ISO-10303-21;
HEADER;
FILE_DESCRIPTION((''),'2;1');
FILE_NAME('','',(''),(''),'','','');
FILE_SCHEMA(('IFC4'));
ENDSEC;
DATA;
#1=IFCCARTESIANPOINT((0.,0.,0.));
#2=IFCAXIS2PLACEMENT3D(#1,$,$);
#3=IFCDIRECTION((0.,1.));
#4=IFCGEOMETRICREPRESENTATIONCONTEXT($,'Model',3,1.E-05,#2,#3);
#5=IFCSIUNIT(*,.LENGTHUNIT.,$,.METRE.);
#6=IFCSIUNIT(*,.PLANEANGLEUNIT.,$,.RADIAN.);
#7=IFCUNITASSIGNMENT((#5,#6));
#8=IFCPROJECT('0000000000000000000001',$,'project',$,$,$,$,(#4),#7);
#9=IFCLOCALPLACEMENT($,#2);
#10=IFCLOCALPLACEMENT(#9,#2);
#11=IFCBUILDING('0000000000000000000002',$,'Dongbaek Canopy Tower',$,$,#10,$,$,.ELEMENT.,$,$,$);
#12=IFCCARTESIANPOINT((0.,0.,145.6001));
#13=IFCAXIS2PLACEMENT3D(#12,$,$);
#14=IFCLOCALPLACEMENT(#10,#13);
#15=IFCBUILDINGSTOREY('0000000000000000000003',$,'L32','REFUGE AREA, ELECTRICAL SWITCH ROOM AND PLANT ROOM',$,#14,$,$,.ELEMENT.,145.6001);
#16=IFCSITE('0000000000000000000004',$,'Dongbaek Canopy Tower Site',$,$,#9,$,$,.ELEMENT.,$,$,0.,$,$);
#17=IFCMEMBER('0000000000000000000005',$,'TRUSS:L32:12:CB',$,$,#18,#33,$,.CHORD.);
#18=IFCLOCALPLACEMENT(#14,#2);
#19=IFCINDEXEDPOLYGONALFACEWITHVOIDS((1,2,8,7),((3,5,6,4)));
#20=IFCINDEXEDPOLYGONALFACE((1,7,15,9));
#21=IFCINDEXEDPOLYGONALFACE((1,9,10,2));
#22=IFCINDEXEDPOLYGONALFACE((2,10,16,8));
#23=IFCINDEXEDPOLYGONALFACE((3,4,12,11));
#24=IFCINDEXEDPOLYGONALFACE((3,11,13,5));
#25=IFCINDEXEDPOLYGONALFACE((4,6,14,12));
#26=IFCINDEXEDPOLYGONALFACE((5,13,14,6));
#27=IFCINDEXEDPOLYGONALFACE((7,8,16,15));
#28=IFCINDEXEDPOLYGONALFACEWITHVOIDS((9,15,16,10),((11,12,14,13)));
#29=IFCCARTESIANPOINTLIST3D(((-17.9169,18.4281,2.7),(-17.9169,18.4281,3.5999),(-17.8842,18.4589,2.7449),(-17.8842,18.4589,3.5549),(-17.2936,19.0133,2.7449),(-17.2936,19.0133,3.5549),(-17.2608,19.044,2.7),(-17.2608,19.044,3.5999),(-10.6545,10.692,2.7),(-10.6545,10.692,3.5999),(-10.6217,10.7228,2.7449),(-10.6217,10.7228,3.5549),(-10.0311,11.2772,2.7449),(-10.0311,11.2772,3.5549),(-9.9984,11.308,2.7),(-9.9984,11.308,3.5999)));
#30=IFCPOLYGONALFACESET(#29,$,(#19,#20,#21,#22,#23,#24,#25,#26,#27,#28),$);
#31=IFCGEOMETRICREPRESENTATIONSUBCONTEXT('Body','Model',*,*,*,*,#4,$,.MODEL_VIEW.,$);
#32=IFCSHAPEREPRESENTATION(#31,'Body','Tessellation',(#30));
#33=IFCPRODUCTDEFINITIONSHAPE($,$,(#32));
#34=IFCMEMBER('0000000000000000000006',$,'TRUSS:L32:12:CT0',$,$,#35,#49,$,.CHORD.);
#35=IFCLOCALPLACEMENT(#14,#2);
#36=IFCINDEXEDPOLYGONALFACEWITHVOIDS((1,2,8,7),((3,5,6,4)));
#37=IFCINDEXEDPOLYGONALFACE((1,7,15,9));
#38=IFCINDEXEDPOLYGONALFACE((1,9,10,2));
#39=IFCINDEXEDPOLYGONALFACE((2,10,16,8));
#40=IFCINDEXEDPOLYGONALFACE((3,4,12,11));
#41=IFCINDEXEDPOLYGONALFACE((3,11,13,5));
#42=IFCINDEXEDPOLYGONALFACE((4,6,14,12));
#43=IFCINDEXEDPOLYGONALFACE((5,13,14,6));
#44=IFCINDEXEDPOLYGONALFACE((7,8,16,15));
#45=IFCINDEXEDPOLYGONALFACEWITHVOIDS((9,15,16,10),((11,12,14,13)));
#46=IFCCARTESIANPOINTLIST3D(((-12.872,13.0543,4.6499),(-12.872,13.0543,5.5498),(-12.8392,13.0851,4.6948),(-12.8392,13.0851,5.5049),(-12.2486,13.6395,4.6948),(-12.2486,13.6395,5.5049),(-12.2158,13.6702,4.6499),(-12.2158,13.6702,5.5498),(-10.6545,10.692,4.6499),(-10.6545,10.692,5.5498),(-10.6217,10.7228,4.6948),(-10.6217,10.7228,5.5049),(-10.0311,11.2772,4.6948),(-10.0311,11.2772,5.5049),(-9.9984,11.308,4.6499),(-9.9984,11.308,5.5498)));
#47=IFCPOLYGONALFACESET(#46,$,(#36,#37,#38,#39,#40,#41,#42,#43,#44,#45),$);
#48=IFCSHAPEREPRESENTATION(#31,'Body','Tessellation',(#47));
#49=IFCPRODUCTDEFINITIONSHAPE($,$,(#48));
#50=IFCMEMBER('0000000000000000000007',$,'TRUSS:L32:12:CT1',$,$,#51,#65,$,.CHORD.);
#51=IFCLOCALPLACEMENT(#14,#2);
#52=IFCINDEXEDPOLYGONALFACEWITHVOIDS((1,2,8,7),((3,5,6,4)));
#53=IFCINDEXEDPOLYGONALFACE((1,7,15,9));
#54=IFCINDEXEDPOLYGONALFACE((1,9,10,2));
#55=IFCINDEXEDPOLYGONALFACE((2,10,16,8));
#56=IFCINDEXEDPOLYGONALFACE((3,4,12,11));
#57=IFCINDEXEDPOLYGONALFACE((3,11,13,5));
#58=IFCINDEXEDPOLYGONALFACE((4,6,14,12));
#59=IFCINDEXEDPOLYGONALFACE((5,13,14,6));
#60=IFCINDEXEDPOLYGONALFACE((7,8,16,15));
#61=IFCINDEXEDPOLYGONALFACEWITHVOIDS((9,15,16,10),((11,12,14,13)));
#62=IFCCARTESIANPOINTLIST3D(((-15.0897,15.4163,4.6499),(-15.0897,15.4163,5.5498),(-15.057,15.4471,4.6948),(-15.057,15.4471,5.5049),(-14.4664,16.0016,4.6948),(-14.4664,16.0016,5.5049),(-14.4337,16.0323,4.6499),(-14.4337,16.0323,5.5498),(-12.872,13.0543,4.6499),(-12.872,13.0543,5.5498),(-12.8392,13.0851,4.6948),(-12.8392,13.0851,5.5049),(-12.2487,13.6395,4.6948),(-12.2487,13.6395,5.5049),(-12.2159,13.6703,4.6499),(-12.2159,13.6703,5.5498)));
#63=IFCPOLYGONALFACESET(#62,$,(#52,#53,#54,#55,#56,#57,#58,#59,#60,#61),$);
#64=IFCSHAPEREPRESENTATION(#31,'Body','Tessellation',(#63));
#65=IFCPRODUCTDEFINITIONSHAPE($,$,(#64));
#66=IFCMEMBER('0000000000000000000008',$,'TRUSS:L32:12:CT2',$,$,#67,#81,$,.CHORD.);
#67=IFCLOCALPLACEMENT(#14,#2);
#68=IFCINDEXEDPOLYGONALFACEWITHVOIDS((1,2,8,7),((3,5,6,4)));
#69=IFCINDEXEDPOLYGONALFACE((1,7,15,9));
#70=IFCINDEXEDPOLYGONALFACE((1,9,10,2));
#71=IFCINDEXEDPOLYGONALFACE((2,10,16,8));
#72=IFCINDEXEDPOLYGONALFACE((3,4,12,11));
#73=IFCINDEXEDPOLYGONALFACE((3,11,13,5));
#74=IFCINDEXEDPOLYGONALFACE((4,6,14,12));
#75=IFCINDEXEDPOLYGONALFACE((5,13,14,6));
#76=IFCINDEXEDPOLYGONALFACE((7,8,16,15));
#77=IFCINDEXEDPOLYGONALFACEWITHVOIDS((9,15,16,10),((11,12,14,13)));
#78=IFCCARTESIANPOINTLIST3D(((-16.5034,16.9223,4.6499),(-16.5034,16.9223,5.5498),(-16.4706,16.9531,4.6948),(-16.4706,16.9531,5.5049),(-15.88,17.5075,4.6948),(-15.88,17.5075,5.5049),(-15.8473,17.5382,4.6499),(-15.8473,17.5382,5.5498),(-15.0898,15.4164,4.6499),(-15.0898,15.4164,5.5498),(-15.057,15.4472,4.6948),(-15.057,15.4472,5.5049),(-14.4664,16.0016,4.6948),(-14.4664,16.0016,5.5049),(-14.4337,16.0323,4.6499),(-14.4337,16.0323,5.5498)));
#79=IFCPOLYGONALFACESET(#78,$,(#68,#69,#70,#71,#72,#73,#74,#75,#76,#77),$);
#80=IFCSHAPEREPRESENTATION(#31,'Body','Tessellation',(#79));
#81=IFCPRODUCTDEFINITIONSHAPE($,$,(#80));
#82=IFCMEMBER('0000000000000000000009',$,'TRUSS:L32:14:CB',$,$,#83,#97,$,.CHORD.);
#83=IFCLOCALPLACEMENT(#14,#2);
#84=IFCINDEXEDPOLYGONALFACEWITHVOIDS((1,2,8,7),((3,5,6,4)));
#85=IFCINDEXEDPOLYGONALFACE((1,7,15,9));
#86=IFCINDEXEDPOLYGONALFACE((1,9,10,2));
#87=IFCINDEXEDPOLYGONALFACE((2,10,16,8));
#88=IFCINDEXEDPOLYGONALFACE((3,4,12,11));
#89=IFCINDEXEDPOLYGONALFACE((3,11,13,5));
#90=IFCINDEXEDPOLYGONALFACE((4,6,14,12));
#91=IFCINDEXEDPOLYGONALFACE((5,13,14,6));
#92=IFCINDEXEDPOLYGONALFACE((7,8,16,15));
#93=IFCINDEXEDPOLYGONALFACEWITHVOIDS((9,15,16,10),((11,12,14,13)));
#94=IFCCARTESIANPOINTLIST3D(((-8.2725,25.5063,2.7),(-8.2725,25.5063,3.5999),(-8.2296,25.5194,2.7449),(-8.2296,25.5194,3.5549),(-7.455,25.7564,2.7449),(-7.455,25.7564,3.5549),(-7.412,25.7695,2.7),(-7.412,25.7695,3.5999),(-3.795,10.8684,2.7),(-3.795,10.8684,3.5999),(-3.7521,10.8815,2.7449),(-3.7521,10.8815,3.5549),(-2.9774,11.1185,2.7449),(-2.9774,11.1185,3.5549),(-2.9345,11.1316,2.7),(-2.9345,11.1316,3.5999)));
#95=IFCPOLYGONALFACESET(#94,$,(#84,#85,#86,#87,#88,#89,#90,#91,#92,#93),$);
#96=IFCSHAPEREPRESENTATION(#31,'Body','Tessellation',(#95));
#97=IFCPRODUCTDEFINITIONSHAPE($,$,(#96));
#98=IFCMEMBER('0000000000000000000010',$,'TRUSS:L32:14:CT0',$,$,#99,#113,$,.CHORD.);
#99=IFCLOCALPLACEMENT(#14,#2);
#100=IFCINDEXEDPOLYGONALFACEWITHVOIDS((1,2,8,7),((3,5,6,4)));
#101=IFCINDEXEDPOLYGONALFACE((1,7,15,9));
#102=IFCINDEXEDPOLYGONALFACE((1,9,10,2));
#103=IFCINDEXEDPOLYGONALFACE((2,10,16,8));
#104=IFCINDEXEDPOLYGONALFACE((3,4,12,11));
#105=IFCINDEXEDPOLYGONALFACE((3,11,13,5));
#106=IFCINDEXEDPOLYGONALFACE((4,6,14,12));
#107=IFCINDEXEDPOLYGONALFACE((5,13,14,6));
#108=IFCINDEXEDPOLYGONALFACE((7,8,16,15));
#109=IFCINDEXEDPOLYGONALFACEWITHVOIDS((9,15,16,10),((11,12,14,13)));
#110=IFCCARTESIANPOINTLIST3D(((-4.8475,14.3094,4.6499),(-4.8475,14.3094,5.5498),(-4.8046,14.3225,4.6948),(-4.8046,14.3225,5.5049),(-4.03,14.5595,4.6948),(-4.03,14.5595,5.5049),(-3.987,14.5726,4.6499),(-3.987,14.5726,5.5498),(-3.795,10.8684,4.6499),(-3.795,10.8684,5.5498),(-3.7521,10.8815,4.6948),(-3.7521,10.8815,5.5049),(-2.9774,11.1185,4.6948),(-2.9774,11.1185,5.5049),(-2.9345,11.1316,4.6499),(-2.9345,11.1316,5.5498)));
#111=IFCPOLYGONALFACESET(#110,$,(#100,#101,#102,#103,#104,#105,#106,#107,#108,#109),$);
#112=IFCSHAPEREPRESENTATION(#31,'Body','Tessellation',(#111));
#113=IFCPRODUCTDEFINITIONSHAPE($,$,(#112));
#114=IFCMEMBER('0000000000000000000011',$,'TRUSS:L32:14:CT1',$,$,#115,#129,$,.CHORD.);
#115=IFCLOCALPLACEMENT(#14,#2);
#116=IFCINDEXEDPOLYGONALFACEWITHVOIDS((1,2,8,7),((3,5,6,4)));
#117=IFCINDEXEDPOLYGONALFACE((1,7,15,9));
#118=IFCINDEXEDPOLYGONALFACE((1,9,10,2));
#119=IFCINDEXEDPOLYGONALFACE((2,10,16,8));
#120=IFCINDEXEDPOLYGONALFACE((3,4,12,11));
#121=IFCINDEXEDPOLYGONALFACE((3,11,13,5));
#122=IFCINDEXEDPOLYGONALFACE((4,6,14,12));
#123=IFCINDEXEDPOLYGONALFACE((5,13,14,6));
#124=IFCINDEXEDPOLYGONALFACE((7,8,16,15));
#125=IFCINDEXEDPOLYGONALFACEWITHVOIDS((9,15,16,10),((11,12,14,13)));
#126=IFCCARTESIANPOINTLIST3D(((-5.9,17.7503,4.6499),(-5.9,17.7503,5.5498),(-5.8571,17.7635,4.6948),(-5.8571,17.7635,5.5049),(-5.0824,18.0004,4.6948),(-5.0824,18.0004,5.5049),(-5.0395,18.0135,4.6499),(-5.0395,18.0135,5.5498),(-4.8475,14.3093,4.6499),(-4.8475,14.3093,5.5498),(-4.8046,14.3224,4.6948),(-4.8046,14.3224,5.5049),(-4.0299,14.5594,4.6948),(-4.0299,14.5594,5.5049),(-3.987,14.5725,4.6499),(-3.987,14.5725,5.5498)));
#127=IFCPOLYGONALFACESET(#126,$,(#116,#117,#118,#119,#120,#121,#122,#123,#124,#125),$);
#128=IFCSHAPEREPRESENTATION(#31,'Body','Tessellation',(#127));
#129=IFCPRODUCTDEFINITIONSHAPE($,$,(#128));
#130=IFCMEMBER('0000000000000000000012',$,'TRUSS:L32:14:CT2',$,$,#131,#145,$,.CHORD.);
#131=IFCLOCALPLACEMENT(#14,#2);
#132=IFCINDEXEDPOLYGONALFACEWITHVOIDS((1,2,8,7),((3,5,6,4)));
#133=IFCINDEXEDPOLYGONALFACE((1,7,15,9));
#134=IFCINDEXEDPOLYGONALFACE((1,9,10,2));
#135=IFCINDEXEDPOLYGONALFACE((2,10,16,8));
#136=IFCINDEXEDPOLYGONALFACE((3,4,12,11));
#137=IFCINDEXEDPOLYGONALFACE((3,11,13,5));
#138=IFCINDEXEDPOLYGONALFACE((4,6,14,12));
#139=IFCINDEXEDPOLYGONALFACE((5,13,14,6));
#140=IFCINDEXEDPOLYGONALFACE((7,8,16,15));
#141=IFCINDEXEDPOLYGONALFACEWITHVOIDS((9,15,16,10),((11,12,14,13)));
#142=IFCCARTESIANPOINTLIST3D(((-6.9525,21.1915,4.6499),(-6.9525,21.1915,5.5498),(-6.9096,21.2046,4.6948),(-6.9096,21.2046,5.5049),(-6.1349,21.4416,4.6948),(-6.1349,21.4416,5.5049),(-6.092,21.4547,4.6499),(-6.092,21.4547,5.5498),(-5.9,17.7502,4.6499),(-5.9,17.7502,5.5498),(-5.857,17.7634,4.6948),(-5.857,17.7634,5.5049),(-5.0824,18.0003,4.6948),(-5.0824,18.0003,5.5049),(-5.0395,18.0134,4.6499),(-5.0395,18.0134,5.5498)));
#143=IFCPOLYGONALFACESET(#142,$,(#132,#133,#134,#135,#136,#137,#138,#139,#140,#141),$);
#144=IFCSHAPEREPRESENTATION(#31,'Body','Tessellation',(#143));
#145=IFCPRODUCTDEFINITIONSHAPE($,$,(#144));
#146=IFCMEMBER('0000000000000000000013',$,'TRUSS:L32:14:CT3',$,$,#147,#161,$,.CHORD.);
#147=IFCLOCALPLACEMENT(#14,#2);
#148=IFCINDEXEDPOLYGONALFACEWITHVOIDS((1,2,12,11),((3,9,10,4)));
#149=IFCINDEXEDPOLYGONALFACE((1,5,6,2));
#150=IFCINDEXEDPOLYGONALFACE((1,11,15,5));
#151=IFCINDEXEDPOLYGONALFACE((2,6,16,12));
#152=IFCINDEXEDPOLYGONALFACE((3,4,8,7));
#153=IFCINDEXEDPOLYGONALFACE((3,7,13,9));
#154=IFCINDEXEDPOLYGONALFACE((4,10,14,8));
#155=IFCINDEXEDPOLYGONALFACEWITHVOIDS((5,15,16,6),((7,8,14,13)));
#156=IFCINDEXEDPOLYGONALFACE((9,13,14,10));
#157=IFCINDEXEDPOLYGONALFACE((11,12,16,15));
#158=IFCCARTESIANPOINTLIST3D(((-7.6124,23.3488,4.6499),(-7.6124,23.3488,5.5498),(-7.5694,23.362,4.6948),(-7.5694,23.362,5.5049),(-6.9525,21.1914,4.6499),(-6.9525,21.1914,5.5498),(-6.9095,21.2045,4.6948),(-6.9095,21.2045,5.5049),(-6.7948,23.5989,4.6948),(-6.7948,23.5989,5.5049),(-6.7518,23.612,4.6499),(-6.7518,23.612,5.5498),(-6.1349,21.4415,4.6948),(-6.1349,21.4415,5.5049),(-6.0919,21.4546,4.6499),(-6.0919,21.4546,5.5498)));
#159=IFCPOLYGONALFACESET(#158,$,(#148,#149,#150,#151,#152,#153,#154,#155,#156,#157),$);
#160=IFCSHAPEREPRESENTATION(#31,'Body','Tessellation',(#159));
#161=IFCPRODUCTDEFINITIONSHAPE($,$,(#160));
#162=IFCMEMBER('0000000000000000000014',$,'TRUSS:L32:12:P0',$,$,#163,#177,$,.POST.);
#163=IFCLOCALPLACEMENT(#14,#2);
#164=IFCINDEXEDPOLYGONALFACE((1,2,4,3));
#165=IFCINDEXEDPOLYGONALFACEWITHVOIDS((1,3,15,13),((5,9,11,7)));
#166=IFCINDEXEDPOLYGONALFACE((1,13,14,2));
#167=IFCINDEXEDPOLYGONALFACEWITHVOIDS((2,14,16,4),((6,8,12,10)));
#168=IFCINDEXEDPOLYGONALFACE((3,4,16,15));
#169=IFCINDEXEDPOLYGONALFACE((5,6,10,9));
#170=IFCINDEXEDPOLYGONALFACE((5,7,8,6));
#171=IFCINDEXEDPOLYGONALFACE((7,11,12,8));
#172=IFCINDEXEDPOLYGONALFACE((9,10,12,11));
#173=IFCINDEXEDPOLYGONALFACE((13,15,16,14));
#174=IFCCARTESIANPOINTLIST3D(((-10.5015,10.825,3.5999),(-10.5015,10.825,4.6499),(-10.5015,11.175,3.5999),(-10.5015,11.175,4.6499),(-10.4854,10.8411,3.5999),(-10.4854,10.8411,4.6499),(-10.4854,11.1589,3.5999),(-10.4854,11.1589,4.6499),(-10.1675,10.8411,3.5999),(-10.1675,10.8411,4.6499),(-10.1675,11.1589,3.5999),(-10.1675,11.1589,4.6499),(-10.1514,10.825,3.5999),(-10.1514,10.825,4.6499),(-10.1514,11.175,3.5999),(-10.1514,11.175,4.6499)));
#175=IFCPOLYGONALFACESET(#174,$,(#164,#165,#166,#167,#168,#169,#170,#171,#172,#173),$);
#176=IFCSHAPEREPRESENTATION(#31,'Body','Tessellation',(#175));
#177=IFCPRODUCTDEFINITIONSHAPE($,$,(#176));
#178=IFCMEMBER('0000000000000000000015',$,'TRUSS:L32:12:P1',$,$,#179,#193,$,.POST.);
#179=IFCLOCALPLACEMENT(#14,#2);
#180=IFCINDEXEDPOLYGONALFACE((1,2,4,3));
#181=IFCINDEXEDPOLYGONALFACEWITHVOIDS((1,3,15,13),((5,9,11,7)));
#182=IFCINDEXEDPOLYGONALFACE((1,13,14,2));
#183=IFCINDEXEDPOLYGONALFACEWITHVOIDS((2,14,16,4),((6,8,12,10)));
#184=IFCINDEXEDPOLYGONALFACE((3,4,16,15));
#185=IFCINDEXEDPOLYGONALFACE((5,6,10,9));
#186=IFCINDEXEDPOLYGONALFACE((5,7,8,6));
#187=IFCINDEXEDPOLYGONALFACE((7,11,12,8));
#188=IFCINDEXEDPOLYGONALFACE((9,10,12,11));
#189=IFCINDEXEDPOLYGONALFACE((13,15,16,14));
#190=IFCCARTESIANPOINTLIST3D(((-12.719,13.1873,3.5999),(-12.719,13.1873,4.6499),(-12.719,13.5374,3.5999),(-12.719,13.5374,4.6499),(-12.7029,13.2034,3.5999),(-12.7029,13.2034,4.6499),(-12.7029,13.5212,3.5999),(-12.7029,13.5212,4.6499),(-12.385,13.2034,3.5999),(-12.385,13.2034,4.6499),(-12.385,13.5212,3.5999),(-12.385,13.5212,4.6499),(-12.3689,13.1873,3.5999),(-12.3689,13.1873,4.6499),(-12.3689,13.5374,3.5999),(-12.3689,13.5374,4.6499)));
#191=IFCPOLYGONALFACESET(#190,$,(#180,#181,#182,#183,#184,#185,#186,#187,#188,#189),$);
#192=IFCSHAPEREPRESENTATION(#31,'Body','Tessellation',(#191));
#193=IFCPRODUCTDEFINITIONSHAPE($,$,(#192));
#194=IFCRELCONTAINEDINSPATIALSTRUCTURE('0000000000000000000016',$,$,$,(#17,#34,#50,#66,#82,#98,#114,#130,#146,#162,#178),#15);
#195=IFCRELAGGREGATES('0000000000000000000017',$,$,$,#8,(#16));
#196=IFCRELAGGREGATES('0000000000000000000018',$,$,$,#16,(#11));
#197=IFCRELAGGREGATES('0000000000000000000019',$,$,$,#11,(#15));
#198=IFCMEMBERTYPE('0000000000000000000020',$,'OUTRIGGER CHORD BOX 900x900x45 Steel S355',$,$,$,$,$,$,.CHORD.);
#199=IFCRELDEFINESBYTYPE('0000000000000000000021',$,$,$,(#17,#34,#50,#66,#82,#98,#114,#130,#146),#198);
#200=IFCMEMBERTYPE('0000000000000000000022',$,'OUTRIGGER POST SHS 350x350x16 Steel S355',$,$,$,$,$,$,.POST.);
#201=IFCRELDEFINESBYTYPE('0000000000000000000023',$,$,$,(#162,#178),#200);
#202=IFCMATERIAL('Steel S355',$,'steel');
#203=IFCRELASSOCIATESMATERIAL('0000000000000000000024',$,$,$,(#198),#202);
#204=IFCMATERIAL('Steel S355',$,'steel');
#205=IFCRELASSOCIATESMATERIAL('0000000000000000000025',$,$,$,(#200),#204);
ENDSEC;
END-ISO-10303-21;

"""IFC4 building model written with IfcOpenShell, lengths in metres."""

from ifc_helpers import new_model, si_unit, direction, frame, origin, origin_2d, place, context, subcontext, project, spatial, hollow_rectangle, extrude, material, material_profile, profile_set, type_object, element, save


model = new_model("IFC4")

# Units and contexts
model_context = context("Model", 3, precision=1e-05, world=origin(), true_north=direction((0.0, 1.0)))
body_context = subcontext(model_context, "Body", "Model", "MODEL_VIEW")
ifc_project = project(units=[si_unit("LENGTHUNIT", "METRE"), si_unit("PLANEANGLEUNIT", "RADIAN")], contexts=[model_context])

# Site, building, storey
site_placement = place(None, origin())
site = spatial("IfcSite", under=ifc_project, at=site_placement, Name="Dongbaek Canopy Tower Site", CompositionType="ELEMENT", RefElevation=0.0)
building_placement = place(site_placement, origin())
building = spatial("IfcBuilding", under=site, at=building_placement, Name="Dongbaek Canopy Tower", CompositionType="ELEMENT")
storey_placement = place(building_placement, frame((0.0, 0.0, 145.6001)))
storey = spatial("IfcBuildingStorey", under=building, at=storey_placement, Name="L32", Description="REFUGE AREA, ELECTRICAL SWITCH ROOM AND PLANT ROOM", CompositionType="ELEMENT", Elevation=145.6001)

# Members
ifc_material_1 = material(Name="Steel S355", Category="steel")
ifc_material_profile_1 = material_profile(ifc_material_1, hollow_rectangle(XDim=0.8999, YDim=0.8999, WallThickness=0.0449, at=origin_2d()), Name="OUTRIGGER CHORD BOX 900x900x45 Steel S355")
ifc_profile_set_1 = profile_set([ifc_material_profile_1], Name="Steel S355")
member_type_1 = type_object("IfcMemberType", Name="OUTRIGGER CHORD BOX 900x900x45 Steel S355", PredefinedType="CHORD", material=ifc_profile_set_1)
member_1_placement = place(storey_placement, frame((-10.3264, 11.0, 3.1499), z_axis=(-0.684436, 0.729073, 0.0), x_axis=(-0.729073, -0.684436, 0.0)))
element("IfcMember", 1, at=member_1_placement, inside=storey, type_object=member_type_1, Name="TRUSS:L32:12:CB", PredefinedType="CHORD", context=body_context, shape_type="SweptSolid", body=[
    extrude(hollow_rectangle(XDim=0.8999, YDim=0.8999, WallThickness=0.0449, at=origin_2d()), origin(), (0.0, 0.0, 1.0), 10.6108),
])
for number, where, z_axis, x_axis, name in (
    (2, (-10.3264, 11.0, 5.0999), (-0.684412, 0.729095, 0.0), (-0.729095, -0.684412, 0.0), "TRUSS:L32:12:CT0"),
    (3, (-12.5439, 13.3623, 5.0999), (-0.68449, 0.729022, 0.0), (-0.729022, -0.68449, 0.0), "TRUSS:L32:12:CT1"),
):
    element("IfcMember", number, at=place(storey_placement, frame(where, z_axis=z_axis, x_axis=x_axis)), inside=storey, type_object=member_type_1, Name=name, PredefinedType="CHORD", context=body_context, shape_type="SweptSolid", body=[
        extrude(hollow_rectangle(XDim=0.8999, YDim=0.8999, WallThickness=0.0449, at=origin_2d()), origin(), (0.0, 0.0, 1.0), 3.24),
    ])
member_2_placement = place(storey_placement, frame((-14.7617, 15.7244, 5.0999), z_axis=(-0.684413, 0.729095, 0.0), x_axis=(-0.729095, -0.684413, 0.0)))
element("IfcMember", 4, at=member_2_placement, inside=storey, type_object=member_type_1, Name="TRUSS:L32:12:CT2", PredefinedType="CHORD", context=body_context, shape_type="SweptSolid", body=[
    extrude(hollow_rectangle(XDim=0.8999, YDim=0.8999, WallThickness=0.0449, at=origin_2d()), origin(), (0.0, 0.0, 1.0), 2.0654),
])
member_3_placement = place(storey_placement, frame((-3.3647, 11.0, 3.1499), z_axis=(-0.292507, 0.956263, 0.0), x_axis=(-0.956263, -0.292507, 0.0)))
element("IfcMember", 5, at=member_3_placement, inside=storey, type_object=member_type_1, Name="TRUSS:L32:14:CB", PredefinedType="CHORD", context=body_context, shape_type="SweptSolid", body=[
    extrude(hollow_rectangle(XDim=0.8999, YDim=0.8999, WallThickness=0.0449, at=origin_2d()), origin(), (0.0, 0.0, 1.0), 15.3074),
])
for number, where, z_axis, x_axis, name in (
    (6, (-3.3647, 11.0, 5.0999), (-0.292498, 0.956266, 0.0), (-0.956266, -0.292498, 0.0), "TRUSS:L32:14:CT0"),
    (7, (-4.4172, 14.4409, 5.0999), (-0.292498, 0.956266, 0.0), (-0.956266, -0.292498, 0.0), "TRUSS:L32:14:CT1"),
):
    element("IfcMember", number, at=place(storey_placement, frame(where, z_axis=z_axis, x_axis=x_axis)), inside=storey, type_object=member_type_1, Name=name, PredefinedType="CHORD", context=body_context, shape_type="SweptSolid", body=[
        extrude(hollow_rectangle(XDim=0.8999, YDim=0.8999, WallThickness=0.0449, at=origin_2d()), origin(), (0.0, 0.0, 1.0), 3.5984),
    ])
member_4_placement = place(storey_placement, frame((-5.4697, 17.8818, 5.0999), z_axis=(-0.292479, 0.956272, 0.0), x_axis=(-0.956272, -0.292479, 0.0)))
element("IfcMember", 8, at=member_4_placement, inside=storey, type_object=member_type_1, Name="TRUSS:L32:14:CT2", PredefinedType="CHORD", context=body_context, shape_type="SweptSolid", body=[
    extrude(hollow_rectangle(XDim=0.8999, YDim=0.8999, WallThickness=0.0449, at=origin_2d()), origin(), (0.0, 0.0, 1.0), 3.5986),
])
member_5_placement = place(storey_placement, frame((-6.5222, 21.323, 5.0999), z_axis=(-0.292496, 0.956267, 0.0), x_axis=(-0.956267, -0.292496, 0.0)))
element("IfcMember", 9, at=member_5_placement, inside=storey, type_object=member_type_1, Name="TRUSS:L32:14:CT3", PredefinedType="CHORD", context=body_context, shape_type="SweptSolid", body=[
    extrude(hollow_rectangle(XDim=0.8999, YDim=0.8999, WallThickness=0.0449, at=origin_2d()), origin(), (0.0, 0.0, 1.0), 2.2561),
])
ifc_material_2 = material(Name="Steel S355", Category="steel")
ifc_material_profile_2 = material_profile(ifc_material_2, hollow_rectangle(XDim=0.3501, YDim=0.3501, WallThickness=0.0161, at=origin_2d()), Name="OUTRIGGER POST SHS 350x350x16 Steel S355")
ifc_profile_set_2 = profile_set([ifc_material_profile_2], Name="Steel S355")
member_type_2 = type_object("IfcMemberType", Name="OUTRIGGER POST SHS 350x350x16 Steel S355", PredefinedType="POST", material=ifc_profile_set_2)
for number, where, z_axis, x_axis, name in (
    (10, (-10.3264, 11.0, 3.5999), (0.0, 0.0, 1.0), (1.0, 0.0, 0.0), "TRUSS:L32:12:P0"),
    (11, (-12.5439, 13.3623, 3.5999), (0.0, 0.0, 1.0), (1.0, 0.0, 0.0), "TRUSS:L32:12:P1"),
):
    element("IfcMember", number, at=place(storey_placement, frame(where, z_axis=z_axis, x_axis=x_axis)), inside=storey, type_object=member_type_2, Name=name, PredefinedType="POST", context=body_context, shape_type="SweptSolid", body=[
        extrude(hollow_rectangle(XDim=0.3501, YDim=0.3501, WallThickness=0.0161, at=origin_2d()), origin(), (0.0, 0.0, 1.0), 1.05),
    ])

save(model, "model.ifc")
